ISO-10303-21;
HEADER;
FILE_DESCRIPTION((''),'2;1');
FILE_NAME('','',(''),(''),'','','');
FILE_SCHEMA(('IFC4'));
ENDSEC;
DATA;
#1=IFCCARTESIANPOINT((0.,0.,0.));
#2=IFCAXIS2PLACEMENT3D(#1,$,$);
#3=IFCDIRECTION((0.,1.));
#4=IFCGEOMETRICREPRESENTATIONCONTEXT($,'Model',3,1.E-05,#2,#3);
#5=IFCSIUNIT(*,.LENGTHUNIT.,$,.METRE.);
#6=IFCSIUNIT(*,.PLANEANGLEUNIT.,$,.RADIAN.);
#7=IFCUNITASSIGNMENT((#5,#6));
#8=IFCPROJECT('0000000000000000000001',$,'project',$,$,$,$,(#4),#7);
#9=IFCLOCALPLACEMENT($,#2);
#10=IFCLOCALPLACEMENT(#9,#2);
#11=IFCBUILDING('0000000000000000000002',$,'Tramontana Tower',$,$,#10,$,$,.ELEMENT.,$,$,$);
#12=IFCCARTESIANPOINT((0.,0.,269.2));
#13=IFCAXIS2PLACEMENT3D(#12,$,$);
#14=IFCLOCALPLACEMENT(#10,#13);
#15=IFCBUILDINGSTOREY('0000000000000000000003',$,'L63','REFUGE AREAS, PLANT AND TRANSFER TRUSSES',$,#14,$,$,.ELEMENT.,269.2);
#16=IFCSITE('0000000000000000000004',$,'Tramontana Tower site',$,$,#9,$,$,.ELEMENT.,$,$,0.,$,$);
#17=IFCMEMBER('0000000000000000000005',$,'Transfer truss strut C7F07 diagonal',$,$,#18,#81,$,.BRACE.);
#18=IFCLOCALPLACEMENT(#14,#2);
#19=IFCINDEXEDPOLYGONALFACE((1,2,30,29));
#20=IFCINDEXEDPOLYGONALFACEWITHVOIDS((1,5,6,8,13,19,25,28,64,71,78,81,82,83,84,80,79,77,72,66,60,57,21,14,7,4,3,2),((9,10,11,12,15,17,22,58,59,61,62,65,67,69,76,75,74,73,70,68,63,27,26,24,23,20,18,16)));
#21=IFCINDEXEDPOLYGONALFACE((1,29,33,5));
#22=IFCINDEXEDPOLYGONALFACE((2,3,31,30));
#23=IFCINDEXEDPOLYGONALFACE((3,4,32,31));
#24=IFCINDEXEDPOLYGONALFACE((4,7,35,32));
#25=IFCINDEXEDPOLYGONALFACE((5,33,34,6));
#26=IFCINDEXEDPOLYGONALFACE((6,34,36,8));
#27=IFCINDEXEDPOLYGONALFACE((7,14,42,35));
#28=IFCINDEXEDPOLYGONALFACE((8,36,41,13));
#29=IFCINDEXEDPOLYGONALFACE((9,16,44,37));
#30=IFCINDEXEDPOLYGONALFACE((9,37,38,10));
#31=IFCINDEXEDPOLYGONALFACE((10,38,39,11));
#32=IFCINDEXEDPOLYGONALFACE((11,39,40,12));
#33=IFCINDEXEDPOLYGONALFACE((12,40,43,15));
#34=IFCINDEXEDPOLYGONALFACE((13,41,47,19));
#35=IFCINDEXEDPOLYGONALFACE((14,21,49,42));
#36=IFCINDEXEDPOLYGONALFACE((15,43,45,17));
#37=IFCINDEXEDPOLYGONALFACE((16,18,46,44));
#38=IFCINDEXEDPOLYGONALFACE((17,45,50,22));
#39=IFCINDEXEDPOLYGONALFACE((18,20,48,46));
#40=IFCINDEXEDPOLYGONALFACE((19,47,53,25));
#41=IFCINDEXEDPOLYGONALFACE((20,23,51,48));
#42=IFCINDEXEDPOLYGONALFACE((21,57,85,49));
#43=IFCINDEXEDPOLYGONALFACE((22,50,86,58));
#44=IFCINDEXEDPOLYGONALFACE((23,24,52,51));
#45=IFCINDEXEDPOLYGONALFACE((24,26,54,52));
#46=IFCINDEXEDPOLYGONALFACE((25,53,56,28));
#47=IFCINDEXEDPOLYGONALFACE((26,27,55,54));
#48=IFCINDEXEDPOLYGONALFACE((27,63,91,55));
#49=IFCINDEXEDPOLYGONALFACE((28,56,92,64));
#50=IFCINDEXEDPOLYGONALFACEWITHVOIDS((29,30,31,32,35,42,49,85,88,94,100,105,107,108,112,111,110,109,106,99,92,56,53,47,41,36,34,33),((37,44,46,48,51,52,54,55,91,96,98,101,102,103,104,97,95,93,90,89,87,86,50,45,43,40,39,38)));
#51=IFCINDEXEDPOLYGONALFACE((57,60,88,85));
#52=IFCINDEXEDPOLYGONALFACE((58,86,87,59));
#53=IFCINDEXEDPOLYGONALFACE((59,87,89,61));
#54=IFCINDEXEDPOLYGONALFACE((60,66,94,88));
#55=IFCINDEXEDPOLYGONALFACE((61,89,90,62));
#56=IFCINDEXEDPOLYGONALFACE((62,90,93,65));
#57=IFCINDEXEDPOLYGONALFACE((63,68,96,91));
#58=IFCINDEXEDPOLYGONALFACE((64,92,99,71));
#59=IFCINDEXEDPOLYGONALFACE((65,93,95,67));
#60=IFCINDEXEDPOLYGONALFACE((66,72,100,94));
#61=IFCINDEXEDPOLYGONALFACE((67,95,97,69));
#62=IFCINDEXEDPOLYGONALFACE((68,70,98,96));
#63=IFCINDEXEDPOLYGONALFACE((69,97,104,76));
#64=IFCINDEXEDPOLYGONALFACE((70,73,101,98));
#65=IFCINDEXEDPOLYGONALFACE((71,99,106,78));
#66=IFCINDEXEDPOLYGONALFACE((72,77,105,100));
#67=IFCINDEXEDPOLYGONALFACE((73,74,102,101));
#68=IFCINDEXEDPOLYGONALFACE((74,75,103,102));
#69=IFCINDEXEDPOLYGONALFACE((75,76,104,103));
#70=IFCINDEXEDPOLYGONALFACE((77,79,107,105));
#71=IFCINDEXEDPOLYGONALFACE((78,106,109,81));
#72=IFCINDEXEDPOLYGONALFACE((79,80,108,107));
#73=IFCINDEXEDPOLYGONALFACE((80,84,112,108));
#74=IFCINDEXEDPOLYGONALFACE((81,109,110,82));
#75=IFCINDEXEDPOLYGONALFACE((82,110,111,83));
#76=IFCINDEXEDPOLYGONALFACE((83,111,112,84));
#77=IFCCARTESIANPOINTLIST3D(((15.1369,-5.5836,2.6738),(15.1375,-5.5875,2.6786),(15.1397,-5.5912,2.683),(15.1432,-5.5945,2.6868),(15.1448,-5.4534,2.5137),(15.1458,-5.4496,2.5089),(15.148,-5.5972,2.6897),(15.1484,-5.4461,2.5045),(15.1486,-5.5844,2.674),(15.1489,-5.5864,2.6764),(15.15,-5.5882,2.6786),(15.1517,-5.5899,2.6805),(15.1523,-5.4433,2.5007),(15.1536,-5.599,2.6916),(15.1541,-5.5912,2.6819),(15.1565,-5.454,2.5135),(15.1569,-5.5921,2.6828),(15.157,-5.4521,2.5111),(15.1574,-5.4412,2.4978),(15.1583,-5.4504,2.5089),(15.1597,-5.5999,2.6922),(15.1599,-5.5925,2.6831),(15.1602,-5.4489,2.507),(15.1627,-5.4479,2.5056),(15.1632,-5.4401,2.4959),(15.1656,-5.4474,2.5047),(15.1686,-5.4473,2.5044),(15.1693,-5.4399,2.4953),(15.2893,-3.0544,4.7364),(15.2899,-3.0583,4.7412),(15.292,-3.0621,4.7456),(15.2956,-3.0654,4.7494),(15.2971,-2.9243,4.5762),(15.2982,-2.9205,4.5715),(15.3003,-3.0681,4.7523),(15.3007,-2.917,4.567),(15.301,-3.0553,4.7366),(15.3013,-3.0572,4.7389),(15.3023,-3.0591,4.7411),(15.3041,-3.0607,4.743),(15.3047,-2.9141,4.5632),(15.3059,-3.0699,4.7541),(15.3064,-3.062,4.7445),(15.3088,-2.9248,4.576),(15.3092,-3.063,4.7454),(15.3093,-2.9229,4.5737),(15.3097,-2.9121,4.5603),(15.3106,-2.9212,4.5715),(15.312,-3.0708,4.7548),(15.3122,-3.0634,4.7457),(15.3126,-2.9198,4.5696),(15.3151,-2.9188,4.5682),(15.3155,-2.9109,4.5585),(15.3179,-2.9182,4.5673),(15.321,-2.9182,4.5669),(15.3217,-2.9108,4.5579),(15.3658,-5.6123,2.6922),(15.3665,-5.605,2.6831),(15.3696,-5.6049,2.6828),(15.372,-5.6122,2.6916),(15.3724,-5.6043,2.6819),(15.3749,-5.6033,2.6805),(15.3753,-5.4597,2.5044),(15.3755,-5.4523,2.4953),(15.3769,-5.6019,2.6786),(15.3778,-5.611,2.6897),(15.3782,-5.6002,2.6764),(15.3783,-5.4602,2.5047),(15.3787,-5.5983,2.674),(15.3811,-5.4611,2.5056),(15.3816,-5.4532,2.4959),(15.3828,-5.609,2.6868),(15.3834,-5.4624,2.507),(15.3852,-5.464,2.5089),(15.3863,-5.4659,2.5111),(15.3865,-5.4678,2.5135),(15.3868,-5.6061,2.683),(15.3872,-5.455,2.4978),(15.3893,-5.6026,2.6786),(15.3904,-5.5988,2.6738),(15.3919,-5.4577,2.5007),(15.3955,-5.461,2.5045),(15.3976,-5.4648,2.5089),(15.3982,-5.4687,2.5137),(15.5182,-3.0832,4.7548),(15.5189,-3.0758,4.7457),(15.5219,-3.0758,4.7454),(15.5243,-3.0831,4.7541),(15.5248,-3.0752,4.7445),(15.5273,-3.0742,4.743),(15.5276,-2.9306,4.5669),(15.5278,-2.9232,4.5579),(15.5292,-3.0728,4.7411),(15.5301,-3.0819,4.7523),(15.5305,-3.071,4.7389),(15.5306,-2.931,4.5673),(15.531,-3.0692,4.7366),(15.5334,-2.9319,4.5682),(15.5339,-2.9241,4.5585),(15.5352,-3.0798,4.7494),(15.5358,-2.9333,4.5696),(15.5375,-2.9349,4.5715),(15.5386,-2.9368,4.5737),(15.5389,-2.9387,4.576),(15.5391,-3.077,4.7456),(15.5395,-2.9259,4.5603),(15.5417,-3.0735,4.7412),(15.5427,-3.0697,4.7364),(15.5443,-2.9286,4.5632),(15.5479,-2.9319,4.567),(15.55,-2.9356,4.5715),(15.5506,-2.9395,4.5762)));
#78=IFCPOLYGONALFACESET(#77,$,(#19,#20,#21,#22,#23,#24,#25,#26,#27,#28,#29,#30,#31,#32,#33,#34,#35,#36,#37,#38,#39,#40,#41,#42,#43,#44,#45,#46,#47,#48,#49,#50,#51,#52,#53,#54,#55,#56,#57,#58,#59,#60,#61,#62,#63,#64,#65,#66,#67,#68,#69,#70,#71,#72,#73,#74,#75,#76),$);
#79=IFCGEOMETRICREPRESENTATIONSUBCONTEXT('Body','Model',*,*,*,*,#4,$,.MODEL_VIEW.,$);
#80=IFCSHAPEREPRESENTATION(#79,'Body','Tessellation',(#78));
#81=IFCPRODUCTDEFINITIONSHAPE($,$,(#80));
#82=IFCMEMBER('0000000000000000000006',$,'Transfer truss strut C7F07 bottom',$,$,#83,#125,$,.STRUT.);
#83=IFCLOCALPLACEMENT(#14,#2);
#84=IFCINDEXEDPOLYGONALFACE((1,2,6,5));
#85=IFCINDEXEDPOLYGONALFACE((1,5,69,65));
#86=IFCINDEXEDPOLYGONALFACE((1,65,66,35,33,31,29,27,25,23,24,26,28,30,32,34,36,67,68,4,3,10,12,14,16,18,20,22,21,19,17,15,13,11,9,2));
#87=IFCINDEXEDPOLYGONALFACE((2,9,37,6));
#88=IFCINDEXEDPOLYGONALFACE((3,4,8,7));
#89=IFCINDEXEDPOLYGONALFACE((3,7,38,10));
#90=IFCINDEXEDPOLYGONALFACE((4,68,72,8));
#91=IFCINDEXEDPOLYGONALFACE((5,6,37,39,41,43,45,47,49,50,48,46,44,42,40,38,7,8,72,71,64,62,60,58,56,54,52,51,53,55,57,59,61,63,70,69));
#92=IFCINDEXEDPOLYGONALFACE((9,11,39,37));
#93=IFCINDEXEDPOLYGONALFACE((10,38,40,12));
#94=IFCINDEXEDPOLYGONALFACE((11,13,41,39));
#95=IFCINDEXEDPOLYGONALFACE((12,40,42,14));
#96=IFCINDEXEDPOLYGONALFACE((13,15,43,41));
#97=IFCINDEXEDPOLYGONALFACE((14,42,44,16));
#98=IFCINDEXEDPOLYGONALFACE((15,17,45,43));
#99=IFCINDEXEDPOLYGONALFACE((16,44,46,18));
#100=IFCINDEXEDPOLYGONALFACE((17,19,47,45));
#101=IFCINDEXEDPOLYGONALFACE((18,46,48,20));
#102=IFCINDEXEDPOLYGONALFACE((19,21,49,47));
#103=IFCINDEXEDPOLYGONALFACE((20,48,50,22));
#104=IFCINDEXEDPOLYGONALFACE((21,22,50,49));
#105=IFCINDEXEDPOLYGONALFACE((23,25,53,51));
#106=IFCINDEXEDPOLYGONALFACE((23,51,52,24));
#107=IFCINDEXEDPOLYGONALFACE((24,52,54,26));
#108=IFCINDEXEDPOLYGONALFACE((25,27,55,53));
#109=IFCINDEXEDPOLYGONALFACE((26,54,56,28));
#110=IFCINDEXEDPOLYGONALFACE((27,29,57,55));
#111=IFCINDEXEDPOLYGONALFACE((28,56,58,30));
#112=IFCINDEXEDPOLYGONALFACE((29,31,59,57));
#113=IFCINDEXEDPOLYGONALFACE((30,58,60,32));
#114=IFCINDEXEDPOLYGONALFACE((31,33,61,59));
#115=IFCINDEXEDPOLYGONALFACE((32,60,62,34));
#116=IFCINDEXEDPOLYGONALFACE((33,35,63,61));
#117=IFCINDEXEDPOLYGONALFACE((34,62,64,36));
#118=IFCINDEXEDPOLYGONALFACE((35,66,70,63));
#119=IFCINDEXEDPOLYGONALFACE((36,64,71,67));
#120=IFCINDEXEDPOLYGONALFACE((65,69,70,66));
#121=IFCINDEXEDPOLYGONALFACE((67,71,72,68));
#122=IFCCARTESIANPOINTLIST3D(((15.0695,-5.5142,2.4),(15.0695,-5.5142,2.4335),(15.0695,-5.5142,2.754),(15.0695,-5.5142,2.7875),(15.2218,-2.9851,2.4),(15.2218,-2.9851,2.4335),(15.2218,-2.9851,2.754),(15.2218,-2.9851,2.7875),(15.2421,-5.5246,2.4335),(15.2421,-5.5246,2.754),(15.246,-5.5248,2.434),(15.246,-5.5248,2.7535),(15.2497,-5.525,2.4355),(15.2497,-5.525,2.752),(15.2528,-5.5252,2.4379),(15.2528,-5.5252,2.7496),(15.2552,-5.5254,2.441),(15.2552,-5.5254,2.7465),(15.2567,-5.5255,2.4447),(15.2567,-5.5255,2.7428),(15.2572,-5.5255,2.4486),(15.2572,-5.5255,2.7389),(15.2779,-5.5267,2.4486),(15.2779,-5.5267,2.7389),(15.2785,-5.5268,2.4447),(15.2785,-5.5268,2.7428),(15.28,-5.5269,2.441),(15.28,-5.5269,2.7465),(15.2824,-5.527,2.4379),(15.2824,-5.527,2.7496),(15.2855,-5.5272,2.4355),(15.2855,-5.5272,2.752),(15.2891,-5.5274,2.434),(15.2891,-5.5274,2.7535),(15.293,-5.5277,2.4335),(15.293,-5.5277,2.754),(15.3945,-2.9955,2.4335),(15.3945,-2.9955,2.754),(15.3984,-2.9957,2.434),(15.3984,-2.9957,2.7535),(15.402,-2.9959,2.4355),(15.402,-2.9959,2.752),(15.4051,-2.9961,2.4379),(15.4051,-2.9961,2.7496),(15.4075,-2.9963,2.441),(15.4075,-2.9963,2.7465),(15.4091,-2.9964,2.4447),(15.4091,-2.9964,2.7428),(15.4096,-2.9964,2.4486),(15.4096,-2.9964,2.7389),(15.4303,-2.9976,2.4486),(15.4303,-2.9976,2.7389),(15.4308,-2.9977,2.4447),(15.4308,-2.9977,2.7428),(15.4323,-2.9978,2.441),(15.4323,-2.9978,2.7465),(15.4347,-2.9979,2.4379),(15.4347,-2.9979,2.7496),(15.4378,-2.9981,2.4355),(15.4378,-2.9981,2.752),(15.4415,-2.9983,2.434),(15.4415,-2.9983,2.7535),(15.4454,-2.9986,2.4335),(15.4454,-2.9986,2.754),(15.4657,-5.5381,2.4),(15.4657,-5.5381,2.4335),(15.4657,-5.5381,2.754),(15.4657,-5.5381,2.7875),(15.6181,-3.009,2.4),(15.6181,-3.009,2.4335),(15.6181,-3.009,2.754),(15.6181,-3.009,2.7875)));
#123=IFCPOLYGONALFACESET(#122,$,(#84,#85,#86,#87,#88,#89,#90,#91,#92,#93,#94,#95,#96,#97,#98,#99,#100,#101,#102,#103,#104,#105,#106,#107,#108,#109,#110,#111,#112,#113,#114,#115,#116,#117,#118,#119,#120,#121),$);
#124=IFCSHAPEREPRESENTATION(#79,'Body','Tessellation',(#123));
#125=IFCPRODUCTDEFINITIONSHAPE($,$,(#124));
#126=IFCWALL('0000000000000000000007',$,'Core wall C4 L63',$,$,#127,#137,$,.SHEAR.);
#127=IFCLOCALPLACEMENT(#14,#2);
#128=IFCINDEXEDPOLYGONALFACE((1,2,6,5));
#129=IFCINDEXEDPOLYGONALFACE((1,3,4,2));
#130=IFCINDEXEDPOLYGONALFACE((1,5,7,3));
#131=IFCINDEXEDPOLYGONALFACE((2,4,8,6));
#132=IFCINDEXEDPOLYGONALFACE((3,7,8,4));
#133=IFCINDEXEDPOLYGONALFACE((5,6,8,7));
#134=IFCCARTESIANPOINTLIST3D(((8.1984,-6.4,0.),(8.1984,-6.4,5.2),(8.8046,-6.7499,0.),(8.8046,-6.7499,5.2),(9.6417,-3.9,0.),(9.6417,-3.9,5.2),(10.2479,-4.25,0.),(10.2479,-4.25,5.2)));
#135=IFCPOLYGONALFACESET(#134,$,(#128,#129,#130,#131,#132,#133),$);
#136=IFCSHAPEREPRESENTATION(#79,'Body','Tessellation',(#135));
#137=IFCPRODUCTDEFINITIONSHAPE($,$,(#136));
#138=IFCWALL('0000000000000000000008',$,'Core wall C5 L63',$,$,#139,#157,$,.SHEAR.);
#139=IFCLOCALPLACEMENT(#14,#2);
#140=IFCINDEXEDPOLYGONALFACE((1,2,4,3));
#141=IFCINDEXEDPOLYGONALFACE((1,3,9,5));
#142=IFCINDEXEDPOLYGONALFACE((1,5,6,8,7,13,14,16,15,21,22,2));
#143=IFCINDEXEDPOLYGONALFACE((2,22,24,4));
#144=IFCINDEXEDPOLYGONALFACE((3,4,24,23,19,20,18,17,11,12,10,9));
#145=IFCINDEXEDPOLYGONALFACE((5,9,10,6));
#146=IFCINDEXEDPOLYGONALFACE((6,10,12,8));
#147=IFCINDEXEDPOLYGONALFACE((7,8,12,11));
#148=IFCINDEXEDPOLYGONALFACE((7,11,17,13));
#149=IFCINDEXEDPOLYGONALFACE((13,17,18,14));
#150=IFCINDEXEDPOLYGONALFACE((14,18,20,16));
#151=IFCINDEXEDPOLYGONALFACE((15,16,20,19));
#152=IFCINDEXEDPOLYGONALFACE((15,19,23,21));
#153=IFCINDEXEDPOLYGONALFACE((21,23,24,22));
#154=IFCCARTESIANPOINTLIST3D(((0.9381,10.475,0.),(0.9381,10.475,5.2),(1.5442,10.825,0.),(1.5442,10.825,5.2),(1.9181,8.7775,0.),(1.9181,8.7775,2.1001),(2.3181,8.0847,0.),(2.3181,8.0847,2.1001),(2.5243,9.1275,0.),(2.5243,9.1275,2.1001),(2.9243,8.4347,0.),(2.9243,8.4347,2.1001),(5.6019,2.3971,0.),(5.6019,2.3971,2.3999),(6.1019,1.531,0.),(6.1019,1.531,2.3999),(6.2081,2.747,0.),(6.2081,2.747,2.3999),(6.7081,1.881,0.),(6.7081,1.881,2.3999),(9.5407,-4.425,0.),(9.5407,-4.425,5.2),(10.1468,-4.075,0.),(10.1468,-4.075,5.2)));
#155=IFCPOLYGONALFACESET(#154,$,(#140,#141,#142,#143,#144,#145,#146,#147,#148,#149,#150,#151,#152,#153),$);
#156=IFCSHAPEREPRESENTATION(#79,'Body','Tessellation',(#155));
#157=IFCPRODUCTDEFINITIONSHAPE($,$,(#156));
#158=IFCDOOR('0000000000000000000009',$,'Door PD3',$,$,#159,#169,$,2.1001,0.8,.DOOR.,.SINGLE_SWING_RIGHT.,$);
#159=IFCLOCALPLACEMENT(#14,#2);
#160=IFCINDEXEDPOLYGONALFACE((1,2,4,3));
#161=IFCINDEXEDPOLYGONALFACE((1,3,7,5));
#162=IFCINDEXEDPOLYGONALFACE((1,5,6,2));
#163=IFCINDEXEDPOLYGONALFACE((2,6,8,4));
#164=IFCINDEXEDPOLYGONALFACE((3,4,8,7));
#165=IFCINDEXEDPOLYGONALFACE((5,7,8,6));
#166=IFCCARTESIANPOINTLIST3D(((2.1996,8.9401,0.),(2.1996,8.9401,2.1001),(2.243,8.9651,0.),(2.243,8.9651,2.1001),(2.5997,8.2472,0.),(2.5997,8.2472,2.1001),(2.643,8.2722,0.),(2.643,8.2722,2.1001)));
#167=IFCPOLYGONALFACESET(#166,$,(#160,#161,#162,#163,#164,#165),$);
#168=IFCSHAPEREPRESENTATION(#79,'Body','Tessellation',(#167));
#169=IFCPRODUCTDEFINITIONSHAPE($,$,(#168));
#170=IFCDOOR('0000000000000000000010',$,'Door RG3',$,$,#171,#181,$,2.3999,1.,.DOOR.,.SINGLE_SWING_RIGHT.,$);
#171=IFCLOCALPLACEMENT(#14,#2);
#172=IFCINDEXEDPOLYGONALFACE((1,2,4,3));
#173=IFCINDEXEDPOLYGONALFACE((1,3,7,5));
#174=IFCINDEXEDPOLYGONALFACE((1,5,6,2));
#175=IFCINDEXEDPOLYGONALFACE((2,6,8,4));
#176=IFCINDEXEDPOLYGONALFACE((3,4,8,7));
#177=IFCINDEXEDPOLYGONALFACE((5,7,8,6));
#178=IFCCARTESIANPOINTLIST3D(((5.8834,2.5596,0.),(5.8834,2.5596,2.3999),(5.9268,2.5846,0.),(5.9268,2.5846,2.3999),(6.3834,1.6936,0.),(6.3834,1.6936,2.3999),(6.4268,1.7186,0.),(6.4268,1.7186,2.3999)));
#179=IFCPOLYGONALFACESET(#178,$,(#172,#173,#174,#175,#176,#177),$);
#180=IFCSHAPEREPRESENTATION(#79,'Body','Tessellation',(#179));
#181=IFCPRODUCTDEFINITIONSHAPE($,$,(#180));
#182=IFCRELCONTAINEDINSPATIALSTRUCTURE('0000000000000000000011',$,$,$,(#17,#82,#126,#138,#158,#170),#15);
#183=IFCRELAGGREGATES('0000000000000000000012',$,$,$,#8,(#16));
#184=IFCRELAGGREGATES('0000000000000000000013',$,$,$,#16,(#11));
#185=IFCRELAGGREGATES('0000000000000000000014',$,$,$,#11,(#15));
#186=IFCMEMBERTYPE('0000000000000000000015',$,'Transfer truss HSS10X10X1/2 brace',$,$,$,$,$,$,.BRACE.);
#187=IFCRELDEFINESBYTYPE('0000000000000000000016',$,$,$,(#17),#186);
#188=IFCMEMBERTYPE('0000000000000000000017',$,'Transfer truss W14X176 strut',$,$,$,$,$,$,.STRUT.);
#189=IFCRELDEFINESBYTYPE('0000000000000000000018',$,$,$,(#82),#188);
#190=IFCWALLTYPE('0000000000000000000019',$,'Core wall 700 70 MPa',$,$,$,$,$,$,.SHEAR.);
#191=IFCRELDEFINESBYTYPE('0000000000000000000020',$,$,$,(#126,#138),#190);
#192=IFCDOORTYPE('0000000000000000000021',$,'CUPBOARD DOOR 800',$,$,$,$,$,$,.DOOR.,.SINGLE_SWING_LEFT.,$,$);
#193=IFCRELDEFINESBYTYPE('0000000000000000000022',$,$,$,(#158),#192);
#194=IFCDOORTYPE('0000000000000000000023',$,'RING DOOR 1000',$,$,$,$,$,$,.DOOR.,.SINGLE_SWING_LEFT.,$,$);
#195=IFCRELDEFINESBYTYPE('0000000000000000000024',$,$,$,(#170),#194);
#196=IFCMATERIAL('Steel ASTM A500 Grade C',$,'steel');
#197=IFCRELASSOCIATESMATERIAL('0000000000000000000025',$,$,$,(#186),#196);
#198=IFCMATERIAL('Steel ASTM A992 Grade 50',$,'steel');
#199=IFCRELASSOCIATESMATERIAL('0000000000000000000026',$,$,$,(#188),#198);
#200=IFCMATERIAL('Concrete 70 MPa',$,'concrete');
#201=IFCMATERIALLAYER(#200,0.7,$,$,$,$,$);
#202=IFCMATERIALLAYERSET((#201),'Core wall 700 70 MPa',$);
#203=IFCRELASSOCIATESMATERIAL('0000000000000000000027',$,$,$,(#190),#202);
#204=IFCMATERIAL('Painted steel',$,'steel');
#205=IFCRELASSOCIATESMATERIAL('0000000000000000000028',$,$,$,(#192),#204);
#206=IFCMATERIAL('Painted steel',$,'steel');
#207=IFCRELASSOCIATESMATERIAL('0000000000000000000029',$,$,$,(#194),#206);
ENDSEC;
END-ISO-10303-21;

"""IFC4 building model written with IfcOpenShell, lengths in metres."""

from ifc_helpers import new_model, si_unit, direction, frame, frame_2d, origin, origin_2d, place, context, subcontext, project, spatial, rectangle, hollow_rectangle, i_section, extrude, material, layer, layer_set, material_profile, profile_set, type_object, element, fill, save


model = new_model("IFC4")

# Units and contexts
model_context = context("Model", 3, precision=1e-05, world=origin(), true_north=direction((0.0, 1.0)))
body_context = subcontext(model_context, "Body", "Model", "MODEL_VIEW")
ifc_project = project(units=[si_unit("LENGTHUNIT", "METRE"), si_unit("PLANEANGLEUNIT", "RADIAN")], contexts=[model_context])

# Site, building, storey
site_placement = place(None, origin())
site = spatial("IfcSite", under=ifc_project, at=site_placement, Name="Tramontana Tower site", CompositionType="ELEMENT", RefElevation=0.0)
building_placement = place(site_placement, origin())
building = spatial("IfcBuilding", under=site, at=building_placement, Name="Tramontana Tower", CompositionType="ELEMENT")
storey_placement = place(building_placement, frame((0.0, 0.0, 269.2)))
storey = spatial("IfcBuildingStorey", under=building, at=storey_placement, Name="L63", Description="REFUGE AREAS, PLANT AND TRANSFER TRUSSES", CompositionType="ELEMENT", Elevation=269.2)

# Members
ifc_material_1 = material(Name="Steel ASTM A500 Grade C", Category="steel")
ifc_material_profile_1 = material_profile(ifc_material_1, hollow_rectangle(XDim=0.2539, YDim=0.2539, WallThickness=0.0117, InnerFilletRadius=0.0117, OuterFilletRadius=0.0237, at=origin_2d()), Name="HSS10X10X1/2")
ifc_profile_set_1 = profile_set([ifc_material_profile_1], Name="Steel ASTM A500 Grade C")
member_type_1 = type_object("IfcMemberType", Name="Transfer truss HSS10X10X1/2 brace", PredefinedType="BRACE", material=ifc_profile_set_1)
member_1_placement = place(storey_placement, frame((15.2676, -5.5261, 2.5938), z_axis=(0.046631, 0.774123, 0.631315), x_axis=(-0.998191, 0.060128, 0.0)))
element("IfcMember", 1, at=member_1_placement, inside=storey, type_object=member_type_1, Name="Transfer truss strut C7F07 diagonal", PredefinedType="BRACE", context=body_context, shape_type="SweptSolid", body=[
    extrude(hollow_rectangle(XDim=0.2539, YDim=0.2539, WallThickness=0.0117, InnerFilletRadius=0.0117, OuterFilletRadius=0.0237, at=origin_2d()), origin(), (0.0, 0.0, 1.0), 3.2671),
])
ifc_material_2 = material(Name="Steel ASTM A992 Grade 50", Category="steel")
ifc_material_profile_2 = material_profile(ifc_material_2, i_section(OverallWidth=0.397, OverallDepth=0.3875, WebThickness=0.0208, FlangeThickness=0.0334, FilletRadius=0.0151, at=origin_2d()), Name="W14X176")
ifc_profile_set_2 = profile_set([ifc_material_profile_2], Name="Steel ASTM A992 Grade 50")
member_type_2 = type_object("IfcMemberType", Name="Transfer truss W14X176 strut", PredefinedType="STRUT", material=ifc_profile_set_2)
member_2_placement = place(storey_placement, frame((15.2676, -5.5261, 2.5938), z_axis=(0.060128, 0.998191, 0.0), x_axis=(-0.998191, 0.060128, 0.0)))
element("IfcMember", 2, at=member_2_placement, inside=storey, type_object=member_type_2, Name="Transfer truss strut C7F07 bottom", PredefinedType="STRUT", context=body_context, shape_type="SweptSolid", body=[
    extrude(i_section(OverallWidth=0.397, OverallDepth=0.3875, WebThickness=0.0208, FlangeThickness=0.0334, FilletRadius=0.0151, at=origin_2d()), origin(), (0.0, 0.0, 1.0), 2.5337),
])

# Wall
ifc_material_3 = material(Name="Concrete 70 MPa", Category="concrete")
ifc_layer_1 = layer(ifc_material_3, 0.7)
ifc_layer_set_1 = layer_set([ifc_layer_1], Name="Core wall 700 70 MPa")
wall_type_1 = type_object("IfcWallType", Name="Core wall 700 70 MPa", PredefinedType="SHEAR", material=ifc_layer_set_1)
wall_1_placement = place(storey_placement, frame((8.5015, -6.575, 0.0), z_axis=(0.0, 0.0, 1.0), x_axis=(0.499996, 0.866028, 0.0)))
element("IfcWall", 3, at=wall_1_placement, inside=storey, type_object=wall_type_1, Name="Core wall C4 L63", PredefinedType="SHEAR", context=body_context, shape_type="SweptSolid", body=[
    extrude(rectangle(XDim=2.8867, YDim=0.7, at=frame_2d((1.4434, 0.0))), origin(), (0.0, 0.0, 1.0), 5.2),
])

# Wall, openings, doors
wall_2_placement = place(storey_placement, frame((9.8438, -4.25, 0.0), z_axis=(0.0, 0.0, 1.0), x_axis=(-0.500003, 0.866023, 0.0)))
wall_2 = element("IfcWall", 4, at=wall_2_placement, inside=storey, type_object=wall_type_1, Name="Core wall C5 L63", PredefinedType="SHEAR", context=body_context, shape_type="SweptSolid", body=[
    extrude(rectangle(XDim=17.2051, YDim=0.7, at=frame_2d((8.6025, 0.0))), origin(), (0.0, 0.0, 1.0), 5.2),
])
opening_1_placement = place(wall_2_placement, frame((6.8774, 0.0, 0.0)))
opening_1 = element("IfcOpeningElement", 5, at=opening_1_placement, cuts=wall_2, PredefinedType="OPENING", context=body_context, shape_type="SweptSolid", body=[
    extrude(rectangle(XDim=1.0, YDim=2.3999, at=frame_2d((0.5, 1.2))), frame((0.0, 0.3599, 0.0), z_axis=(0.0, -1.0, 0.0), x_axis=(1.0, 0.0, 0.0)), (0.0, 0.0, 1.0), 0.72),
])
opening_2_placement = place(wall_2_placement, frame((14.4451, 0.0, 0.0)))
opening_2 = element("IfcOpeningElement", 6, at=opening_2_placement, cuts=wall_2, PredefinedType="OPENING", context=body_context, shape_type="SweptSolid", body=[
    extrude(rectangle(XDim=0.8, YDim=2.1001, at=frame_2d((0.3999, 1.05))), frame((0.0, 0.3599, 0.0), z_axis=(0.0, -1.0, 0.0), x_axis=(1.0, 0.0, 0.0)), (0.0, 0.0, 1.0), 0.72),
])
ifc_material_4 = material(Name="Painted steel", Category="steel")
door_type_1 = type_object("IfcDoorType", Name="CUPBOARD DOOR 800", OperationType="SINGLE_SWING_LEFT", PredefinedType="DOOR", material=ifc_material_4)
door_1_placement = place(opening_2_placement, origin())
door_1 = element("IfcDoor", 7, at=door_1_placement, inside=storey, type_object=door_type_1, Name="Door PD3", OperationType="SINGLE_SWING_RIGHT", OverallHeight=2.1001, OverallWidth=0.8, PredefinedType="DOOR", context=body_context, shape_type="SweptSolid", body=[
    extrude(rectangle(XDim=0.8, YDim=2.1001, at=frame_2d((0.3999, 1.05))), frame((0.0, 0.0249, 0.0), z_axis=(0.0, -1.0, 0.0), x_axis=(1.0, 0.0, 0.0)), (0.0, 0.0, 1.0), 0.05),
])
fill(opening_2, door_1)
ifc_material_5 = material(Name="Painted steel", Category="steel")
door_type_2 = type_object("IfcDoorType", Name="RING DOOR 1000", OperationType="SINGLE_SWING_LEFT", PredefinedType="DOOR", material=ifc_material_5)
door_2_placement = place(opening_1_placement, origin())
door_2 = element("IfcDoor", 8, at=door_2_placement, inside=storey, type_object=door_type_2, Name="Door RG3", OperationType="SINGLE_SWING_RIGHT", OverallHeight=2.3999, OverallWidth=1.0, PredefinedType="DOOR", context=body_context, shape_type="SweptSolid", body=[
    extrude(rectangle(XDim=1.0, YDim=2.3999, at=frame_2d((0.5, 1.2))), frame((0.0, 0.0249, 0.0), z_axis=(0.0, -1.0, 0.0), x_axis=(1.0, 0.0, 0.0)), (0.0, 0.0, 1.0), 0.05),
])
fill(opening_1, door_2)

save(model, "model.ifc")
